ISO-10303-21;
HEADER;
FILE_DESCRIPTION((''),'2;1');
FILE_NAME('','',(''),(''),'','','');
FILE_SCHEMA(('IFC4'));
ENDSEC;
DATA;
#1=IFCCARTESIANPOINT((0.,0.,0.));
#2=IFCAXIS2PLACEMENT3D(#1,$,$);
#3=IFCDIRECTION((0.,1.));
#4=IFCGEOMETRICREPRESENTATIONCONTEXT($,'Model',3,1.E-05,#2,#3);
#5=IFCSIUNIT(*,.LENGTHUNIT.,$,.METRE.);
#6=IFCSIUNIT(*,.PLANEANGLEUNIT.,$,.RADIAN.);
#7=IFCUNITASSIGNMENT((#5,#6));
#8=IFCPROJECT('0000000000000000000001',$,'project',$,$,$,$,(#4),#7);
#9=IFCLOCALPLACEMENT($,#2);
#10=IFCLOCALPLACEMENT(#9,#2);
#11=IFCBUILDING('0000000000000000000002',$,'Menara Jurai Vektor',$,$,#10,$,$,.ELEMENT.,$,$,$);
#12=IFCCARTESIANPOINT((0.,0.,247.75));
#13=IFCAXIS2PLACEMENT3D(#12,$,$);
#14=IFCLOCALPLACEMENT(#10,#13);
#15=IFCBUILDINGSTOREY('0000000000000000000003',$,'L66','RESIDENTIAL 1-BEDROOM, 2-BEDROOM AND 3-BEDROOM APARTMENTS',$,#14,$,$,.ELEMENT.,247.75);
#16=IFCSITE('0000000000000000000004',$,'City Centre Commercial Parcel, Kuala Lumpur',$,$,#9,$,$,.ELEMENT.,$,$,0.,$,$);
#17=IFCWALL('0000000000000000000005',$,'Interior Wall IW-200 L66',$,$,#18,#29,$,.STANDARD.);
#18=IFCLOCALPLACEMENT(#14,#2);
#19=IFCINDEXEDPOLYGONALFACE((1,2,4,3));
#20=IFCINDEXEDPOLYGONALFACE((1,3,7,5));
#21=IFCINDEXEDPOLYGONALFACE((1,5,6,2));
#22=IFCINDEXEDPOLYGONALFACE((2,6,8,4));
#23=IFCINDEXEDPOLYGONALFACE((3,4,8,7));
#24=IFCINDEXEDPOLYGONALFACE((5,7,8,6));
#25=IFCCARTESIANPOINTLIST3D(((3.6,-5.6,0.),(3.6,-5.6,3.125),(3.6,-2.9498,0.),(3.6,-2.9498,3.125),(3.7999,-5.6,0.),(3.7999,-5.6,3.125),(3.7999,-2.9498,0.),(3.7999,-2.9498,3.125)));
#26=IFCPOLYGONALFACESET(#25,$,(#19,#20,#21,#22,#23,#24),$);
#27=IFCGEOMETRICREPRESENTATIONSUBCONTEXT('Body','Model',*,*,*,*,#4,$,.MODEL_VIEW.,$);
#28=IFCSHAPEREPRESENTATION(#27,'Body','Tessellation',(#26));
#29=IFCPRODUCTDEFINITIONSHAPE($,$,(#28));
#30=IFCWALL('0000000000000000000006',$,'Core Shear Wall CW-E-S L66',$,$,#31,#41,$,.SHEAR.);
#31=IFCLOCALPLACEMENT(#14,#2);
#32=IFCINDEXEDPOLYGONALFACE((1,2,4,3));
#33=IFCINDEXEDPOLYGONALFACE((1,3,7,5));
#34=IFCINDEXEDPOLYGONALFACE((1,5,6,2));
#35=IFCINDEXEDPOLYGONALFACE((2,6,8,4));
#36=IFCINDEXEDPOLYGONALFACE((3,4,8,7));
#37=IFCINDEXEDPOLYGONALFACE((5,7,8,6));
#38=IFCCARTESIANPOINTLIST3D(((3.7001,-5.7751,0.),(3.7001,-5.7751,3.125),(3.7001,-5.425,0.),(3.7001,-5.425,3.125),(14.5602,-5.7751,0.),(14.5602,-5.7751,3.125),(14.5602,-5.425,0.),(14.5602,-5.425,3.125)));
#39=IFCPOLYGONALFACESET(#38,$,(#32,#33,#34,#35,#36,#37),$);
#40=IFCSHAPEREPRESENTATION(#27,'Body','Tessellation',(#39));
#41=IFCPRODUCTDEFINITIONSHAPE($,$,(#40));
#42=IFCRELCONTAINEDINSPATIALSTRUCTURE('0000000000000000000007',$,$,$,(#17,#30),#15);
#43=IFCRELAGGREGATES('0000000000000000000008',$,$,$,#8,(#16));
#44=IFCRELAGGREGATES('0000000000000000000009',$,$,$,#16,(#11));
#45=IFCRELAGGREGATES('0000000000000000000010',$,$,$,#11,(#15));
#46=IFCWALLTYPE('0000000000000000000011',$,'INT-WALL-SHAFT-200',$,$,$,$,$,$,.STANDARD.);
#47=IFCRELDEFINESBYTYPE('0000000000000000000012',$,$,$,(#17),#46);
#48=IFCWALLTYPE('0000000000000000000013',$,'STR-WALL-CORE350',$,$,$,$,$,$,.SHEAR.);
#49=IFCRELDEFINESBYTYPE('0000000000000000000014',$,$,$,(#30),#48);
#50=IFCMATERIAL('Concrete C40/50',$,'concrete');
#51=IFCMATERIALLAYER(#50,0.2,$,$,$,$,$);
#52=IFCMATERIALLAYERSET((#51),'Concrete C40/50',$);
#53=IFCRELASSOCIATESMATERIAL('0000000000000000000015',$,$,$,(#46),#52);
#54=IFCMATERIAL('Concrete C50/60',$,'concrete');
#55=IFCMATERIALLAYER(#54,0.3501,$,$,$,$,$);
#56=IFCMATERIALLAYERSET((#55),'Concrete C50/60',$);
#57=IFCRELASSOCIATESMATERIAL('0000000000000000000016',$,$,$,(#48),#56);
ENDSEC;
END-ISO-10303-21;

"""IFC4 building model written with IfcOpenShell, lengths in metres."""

from ifc_helpers import new_model, si_unit, direction, frame, frame_2d, origin, place, context, subcontext, project, spatial, rectangle, extrude, material, layer, layer_set, type_object, element, save


model = new_model("IFC4")

# Units and contexts
model_context = context("Model", 3, precision=1e-05, world=origin(), true_north=direction((0.0, 1.0)))
body_context = subcontext(model_context, "Body", "Model", "MODEL_VIEW")
ifc_project = project(units=[si_unit("LENGTHUNIT", "METRE"), si_unit("PLANEANGLEUNIT", "RADIAN")], contexts=[model_context])

# Site, building, storey
site_placement = place(None, origin())
site = spatial("IfcSite", under=ifc_project, at=site_placement, Name="City Centre Commercial Parcel, Kuala Lumpur", CompositionType="ELEMENT", RefElevation=0.0)
building_placement = place(site_placement, origin())
building = spatial("IfcBuilding", under=site, at=building_placement, Name="Menara Jurai Vektor", CompositionType="ELEMENT")
storey_placement = place(building_placement, frame((0.0, 0.0, 247.75)))
storey = spatial("IfcBuildingStorey", under=building, at=storey_placement, Name="L66", Description="RESIDENTIAL 1-BEDROOM, 2-BEDROOM AND 3-BEDROOM APARTMENTS", CompositionType="ELEMENT", Elevation=247.75)

# Shared definitions
ifc_material_1 = material(Name="Concrete C50/60", Category="concrete")

# Shared definitions
ifc_material_2 = material(Name="Concrete C40/50", Category="concrete")
ifc_layer_1 = layer(ifc_material_2, 0.2)
ifc_layer_set_1 = layer_set([ifc_layer_1], Name="Concrete C40/50")
wall_type_1 = type_object("IfcWallType", Name="INT-WALL-SHAFT-200", PredefinedType="STANDARD", material=ifc_layer_set_1)

# Wall
wall_1_placement = place(storey_placement, frame((3.7, -5.6001, 0.0), z_axis=(0.0, 0.0, 1.0), x_axis=(0.0, 1.0, 0.0)))
element("IfcWall", 1, at=wall_1_placement, inside=storey, type_object=wall_type_1, Name="Interior Wall IW-200 L66", PredefinedType="STANDARD", context=body_context, shape_type="SweptSolid", body=[
    extrude(rectangle(XDim=2.6501, YDim=0.2, at=frame_2d((1.3252, 0.0))), origin(), (0.0, 0.0, 1.0), 3.125),
])

# Wall
ifc_layer_2 = layer(ifc_material_1, 0.3501)
ifc_layer_set_2 = layer_set([ifc_layer_2], Name="Concrete C50/60")
wall_type_2 = type_object("IfcWallType", Name="STR-WALL-CORE350", PredefinedType="SHEAR", material=ifc_layer_set_2)
wall_2_placement = place(storey_placement, frame((3.7, -5.6001, 0.0), z_axis=(0.0, 0.0, 1.0), x_axis=(1.0, 0.0, 0.0)))
element("IfcWall", 2, at=wall_2_placement, inside=storey, type_object=wall_type_2, Name="Core Shear Wall CW-E-S L66", PredefinedType="SHEAR", context=body_context, shape_type="SweptSolid", body=[
    extrude(rectangle(XDim=10.8601, YDim=0.3501, at=frame_2d((5.4302, 0.0))), origin(), (0.0, 0.0, 1.0), 3.125),
])

save(model, "model.ifc")
